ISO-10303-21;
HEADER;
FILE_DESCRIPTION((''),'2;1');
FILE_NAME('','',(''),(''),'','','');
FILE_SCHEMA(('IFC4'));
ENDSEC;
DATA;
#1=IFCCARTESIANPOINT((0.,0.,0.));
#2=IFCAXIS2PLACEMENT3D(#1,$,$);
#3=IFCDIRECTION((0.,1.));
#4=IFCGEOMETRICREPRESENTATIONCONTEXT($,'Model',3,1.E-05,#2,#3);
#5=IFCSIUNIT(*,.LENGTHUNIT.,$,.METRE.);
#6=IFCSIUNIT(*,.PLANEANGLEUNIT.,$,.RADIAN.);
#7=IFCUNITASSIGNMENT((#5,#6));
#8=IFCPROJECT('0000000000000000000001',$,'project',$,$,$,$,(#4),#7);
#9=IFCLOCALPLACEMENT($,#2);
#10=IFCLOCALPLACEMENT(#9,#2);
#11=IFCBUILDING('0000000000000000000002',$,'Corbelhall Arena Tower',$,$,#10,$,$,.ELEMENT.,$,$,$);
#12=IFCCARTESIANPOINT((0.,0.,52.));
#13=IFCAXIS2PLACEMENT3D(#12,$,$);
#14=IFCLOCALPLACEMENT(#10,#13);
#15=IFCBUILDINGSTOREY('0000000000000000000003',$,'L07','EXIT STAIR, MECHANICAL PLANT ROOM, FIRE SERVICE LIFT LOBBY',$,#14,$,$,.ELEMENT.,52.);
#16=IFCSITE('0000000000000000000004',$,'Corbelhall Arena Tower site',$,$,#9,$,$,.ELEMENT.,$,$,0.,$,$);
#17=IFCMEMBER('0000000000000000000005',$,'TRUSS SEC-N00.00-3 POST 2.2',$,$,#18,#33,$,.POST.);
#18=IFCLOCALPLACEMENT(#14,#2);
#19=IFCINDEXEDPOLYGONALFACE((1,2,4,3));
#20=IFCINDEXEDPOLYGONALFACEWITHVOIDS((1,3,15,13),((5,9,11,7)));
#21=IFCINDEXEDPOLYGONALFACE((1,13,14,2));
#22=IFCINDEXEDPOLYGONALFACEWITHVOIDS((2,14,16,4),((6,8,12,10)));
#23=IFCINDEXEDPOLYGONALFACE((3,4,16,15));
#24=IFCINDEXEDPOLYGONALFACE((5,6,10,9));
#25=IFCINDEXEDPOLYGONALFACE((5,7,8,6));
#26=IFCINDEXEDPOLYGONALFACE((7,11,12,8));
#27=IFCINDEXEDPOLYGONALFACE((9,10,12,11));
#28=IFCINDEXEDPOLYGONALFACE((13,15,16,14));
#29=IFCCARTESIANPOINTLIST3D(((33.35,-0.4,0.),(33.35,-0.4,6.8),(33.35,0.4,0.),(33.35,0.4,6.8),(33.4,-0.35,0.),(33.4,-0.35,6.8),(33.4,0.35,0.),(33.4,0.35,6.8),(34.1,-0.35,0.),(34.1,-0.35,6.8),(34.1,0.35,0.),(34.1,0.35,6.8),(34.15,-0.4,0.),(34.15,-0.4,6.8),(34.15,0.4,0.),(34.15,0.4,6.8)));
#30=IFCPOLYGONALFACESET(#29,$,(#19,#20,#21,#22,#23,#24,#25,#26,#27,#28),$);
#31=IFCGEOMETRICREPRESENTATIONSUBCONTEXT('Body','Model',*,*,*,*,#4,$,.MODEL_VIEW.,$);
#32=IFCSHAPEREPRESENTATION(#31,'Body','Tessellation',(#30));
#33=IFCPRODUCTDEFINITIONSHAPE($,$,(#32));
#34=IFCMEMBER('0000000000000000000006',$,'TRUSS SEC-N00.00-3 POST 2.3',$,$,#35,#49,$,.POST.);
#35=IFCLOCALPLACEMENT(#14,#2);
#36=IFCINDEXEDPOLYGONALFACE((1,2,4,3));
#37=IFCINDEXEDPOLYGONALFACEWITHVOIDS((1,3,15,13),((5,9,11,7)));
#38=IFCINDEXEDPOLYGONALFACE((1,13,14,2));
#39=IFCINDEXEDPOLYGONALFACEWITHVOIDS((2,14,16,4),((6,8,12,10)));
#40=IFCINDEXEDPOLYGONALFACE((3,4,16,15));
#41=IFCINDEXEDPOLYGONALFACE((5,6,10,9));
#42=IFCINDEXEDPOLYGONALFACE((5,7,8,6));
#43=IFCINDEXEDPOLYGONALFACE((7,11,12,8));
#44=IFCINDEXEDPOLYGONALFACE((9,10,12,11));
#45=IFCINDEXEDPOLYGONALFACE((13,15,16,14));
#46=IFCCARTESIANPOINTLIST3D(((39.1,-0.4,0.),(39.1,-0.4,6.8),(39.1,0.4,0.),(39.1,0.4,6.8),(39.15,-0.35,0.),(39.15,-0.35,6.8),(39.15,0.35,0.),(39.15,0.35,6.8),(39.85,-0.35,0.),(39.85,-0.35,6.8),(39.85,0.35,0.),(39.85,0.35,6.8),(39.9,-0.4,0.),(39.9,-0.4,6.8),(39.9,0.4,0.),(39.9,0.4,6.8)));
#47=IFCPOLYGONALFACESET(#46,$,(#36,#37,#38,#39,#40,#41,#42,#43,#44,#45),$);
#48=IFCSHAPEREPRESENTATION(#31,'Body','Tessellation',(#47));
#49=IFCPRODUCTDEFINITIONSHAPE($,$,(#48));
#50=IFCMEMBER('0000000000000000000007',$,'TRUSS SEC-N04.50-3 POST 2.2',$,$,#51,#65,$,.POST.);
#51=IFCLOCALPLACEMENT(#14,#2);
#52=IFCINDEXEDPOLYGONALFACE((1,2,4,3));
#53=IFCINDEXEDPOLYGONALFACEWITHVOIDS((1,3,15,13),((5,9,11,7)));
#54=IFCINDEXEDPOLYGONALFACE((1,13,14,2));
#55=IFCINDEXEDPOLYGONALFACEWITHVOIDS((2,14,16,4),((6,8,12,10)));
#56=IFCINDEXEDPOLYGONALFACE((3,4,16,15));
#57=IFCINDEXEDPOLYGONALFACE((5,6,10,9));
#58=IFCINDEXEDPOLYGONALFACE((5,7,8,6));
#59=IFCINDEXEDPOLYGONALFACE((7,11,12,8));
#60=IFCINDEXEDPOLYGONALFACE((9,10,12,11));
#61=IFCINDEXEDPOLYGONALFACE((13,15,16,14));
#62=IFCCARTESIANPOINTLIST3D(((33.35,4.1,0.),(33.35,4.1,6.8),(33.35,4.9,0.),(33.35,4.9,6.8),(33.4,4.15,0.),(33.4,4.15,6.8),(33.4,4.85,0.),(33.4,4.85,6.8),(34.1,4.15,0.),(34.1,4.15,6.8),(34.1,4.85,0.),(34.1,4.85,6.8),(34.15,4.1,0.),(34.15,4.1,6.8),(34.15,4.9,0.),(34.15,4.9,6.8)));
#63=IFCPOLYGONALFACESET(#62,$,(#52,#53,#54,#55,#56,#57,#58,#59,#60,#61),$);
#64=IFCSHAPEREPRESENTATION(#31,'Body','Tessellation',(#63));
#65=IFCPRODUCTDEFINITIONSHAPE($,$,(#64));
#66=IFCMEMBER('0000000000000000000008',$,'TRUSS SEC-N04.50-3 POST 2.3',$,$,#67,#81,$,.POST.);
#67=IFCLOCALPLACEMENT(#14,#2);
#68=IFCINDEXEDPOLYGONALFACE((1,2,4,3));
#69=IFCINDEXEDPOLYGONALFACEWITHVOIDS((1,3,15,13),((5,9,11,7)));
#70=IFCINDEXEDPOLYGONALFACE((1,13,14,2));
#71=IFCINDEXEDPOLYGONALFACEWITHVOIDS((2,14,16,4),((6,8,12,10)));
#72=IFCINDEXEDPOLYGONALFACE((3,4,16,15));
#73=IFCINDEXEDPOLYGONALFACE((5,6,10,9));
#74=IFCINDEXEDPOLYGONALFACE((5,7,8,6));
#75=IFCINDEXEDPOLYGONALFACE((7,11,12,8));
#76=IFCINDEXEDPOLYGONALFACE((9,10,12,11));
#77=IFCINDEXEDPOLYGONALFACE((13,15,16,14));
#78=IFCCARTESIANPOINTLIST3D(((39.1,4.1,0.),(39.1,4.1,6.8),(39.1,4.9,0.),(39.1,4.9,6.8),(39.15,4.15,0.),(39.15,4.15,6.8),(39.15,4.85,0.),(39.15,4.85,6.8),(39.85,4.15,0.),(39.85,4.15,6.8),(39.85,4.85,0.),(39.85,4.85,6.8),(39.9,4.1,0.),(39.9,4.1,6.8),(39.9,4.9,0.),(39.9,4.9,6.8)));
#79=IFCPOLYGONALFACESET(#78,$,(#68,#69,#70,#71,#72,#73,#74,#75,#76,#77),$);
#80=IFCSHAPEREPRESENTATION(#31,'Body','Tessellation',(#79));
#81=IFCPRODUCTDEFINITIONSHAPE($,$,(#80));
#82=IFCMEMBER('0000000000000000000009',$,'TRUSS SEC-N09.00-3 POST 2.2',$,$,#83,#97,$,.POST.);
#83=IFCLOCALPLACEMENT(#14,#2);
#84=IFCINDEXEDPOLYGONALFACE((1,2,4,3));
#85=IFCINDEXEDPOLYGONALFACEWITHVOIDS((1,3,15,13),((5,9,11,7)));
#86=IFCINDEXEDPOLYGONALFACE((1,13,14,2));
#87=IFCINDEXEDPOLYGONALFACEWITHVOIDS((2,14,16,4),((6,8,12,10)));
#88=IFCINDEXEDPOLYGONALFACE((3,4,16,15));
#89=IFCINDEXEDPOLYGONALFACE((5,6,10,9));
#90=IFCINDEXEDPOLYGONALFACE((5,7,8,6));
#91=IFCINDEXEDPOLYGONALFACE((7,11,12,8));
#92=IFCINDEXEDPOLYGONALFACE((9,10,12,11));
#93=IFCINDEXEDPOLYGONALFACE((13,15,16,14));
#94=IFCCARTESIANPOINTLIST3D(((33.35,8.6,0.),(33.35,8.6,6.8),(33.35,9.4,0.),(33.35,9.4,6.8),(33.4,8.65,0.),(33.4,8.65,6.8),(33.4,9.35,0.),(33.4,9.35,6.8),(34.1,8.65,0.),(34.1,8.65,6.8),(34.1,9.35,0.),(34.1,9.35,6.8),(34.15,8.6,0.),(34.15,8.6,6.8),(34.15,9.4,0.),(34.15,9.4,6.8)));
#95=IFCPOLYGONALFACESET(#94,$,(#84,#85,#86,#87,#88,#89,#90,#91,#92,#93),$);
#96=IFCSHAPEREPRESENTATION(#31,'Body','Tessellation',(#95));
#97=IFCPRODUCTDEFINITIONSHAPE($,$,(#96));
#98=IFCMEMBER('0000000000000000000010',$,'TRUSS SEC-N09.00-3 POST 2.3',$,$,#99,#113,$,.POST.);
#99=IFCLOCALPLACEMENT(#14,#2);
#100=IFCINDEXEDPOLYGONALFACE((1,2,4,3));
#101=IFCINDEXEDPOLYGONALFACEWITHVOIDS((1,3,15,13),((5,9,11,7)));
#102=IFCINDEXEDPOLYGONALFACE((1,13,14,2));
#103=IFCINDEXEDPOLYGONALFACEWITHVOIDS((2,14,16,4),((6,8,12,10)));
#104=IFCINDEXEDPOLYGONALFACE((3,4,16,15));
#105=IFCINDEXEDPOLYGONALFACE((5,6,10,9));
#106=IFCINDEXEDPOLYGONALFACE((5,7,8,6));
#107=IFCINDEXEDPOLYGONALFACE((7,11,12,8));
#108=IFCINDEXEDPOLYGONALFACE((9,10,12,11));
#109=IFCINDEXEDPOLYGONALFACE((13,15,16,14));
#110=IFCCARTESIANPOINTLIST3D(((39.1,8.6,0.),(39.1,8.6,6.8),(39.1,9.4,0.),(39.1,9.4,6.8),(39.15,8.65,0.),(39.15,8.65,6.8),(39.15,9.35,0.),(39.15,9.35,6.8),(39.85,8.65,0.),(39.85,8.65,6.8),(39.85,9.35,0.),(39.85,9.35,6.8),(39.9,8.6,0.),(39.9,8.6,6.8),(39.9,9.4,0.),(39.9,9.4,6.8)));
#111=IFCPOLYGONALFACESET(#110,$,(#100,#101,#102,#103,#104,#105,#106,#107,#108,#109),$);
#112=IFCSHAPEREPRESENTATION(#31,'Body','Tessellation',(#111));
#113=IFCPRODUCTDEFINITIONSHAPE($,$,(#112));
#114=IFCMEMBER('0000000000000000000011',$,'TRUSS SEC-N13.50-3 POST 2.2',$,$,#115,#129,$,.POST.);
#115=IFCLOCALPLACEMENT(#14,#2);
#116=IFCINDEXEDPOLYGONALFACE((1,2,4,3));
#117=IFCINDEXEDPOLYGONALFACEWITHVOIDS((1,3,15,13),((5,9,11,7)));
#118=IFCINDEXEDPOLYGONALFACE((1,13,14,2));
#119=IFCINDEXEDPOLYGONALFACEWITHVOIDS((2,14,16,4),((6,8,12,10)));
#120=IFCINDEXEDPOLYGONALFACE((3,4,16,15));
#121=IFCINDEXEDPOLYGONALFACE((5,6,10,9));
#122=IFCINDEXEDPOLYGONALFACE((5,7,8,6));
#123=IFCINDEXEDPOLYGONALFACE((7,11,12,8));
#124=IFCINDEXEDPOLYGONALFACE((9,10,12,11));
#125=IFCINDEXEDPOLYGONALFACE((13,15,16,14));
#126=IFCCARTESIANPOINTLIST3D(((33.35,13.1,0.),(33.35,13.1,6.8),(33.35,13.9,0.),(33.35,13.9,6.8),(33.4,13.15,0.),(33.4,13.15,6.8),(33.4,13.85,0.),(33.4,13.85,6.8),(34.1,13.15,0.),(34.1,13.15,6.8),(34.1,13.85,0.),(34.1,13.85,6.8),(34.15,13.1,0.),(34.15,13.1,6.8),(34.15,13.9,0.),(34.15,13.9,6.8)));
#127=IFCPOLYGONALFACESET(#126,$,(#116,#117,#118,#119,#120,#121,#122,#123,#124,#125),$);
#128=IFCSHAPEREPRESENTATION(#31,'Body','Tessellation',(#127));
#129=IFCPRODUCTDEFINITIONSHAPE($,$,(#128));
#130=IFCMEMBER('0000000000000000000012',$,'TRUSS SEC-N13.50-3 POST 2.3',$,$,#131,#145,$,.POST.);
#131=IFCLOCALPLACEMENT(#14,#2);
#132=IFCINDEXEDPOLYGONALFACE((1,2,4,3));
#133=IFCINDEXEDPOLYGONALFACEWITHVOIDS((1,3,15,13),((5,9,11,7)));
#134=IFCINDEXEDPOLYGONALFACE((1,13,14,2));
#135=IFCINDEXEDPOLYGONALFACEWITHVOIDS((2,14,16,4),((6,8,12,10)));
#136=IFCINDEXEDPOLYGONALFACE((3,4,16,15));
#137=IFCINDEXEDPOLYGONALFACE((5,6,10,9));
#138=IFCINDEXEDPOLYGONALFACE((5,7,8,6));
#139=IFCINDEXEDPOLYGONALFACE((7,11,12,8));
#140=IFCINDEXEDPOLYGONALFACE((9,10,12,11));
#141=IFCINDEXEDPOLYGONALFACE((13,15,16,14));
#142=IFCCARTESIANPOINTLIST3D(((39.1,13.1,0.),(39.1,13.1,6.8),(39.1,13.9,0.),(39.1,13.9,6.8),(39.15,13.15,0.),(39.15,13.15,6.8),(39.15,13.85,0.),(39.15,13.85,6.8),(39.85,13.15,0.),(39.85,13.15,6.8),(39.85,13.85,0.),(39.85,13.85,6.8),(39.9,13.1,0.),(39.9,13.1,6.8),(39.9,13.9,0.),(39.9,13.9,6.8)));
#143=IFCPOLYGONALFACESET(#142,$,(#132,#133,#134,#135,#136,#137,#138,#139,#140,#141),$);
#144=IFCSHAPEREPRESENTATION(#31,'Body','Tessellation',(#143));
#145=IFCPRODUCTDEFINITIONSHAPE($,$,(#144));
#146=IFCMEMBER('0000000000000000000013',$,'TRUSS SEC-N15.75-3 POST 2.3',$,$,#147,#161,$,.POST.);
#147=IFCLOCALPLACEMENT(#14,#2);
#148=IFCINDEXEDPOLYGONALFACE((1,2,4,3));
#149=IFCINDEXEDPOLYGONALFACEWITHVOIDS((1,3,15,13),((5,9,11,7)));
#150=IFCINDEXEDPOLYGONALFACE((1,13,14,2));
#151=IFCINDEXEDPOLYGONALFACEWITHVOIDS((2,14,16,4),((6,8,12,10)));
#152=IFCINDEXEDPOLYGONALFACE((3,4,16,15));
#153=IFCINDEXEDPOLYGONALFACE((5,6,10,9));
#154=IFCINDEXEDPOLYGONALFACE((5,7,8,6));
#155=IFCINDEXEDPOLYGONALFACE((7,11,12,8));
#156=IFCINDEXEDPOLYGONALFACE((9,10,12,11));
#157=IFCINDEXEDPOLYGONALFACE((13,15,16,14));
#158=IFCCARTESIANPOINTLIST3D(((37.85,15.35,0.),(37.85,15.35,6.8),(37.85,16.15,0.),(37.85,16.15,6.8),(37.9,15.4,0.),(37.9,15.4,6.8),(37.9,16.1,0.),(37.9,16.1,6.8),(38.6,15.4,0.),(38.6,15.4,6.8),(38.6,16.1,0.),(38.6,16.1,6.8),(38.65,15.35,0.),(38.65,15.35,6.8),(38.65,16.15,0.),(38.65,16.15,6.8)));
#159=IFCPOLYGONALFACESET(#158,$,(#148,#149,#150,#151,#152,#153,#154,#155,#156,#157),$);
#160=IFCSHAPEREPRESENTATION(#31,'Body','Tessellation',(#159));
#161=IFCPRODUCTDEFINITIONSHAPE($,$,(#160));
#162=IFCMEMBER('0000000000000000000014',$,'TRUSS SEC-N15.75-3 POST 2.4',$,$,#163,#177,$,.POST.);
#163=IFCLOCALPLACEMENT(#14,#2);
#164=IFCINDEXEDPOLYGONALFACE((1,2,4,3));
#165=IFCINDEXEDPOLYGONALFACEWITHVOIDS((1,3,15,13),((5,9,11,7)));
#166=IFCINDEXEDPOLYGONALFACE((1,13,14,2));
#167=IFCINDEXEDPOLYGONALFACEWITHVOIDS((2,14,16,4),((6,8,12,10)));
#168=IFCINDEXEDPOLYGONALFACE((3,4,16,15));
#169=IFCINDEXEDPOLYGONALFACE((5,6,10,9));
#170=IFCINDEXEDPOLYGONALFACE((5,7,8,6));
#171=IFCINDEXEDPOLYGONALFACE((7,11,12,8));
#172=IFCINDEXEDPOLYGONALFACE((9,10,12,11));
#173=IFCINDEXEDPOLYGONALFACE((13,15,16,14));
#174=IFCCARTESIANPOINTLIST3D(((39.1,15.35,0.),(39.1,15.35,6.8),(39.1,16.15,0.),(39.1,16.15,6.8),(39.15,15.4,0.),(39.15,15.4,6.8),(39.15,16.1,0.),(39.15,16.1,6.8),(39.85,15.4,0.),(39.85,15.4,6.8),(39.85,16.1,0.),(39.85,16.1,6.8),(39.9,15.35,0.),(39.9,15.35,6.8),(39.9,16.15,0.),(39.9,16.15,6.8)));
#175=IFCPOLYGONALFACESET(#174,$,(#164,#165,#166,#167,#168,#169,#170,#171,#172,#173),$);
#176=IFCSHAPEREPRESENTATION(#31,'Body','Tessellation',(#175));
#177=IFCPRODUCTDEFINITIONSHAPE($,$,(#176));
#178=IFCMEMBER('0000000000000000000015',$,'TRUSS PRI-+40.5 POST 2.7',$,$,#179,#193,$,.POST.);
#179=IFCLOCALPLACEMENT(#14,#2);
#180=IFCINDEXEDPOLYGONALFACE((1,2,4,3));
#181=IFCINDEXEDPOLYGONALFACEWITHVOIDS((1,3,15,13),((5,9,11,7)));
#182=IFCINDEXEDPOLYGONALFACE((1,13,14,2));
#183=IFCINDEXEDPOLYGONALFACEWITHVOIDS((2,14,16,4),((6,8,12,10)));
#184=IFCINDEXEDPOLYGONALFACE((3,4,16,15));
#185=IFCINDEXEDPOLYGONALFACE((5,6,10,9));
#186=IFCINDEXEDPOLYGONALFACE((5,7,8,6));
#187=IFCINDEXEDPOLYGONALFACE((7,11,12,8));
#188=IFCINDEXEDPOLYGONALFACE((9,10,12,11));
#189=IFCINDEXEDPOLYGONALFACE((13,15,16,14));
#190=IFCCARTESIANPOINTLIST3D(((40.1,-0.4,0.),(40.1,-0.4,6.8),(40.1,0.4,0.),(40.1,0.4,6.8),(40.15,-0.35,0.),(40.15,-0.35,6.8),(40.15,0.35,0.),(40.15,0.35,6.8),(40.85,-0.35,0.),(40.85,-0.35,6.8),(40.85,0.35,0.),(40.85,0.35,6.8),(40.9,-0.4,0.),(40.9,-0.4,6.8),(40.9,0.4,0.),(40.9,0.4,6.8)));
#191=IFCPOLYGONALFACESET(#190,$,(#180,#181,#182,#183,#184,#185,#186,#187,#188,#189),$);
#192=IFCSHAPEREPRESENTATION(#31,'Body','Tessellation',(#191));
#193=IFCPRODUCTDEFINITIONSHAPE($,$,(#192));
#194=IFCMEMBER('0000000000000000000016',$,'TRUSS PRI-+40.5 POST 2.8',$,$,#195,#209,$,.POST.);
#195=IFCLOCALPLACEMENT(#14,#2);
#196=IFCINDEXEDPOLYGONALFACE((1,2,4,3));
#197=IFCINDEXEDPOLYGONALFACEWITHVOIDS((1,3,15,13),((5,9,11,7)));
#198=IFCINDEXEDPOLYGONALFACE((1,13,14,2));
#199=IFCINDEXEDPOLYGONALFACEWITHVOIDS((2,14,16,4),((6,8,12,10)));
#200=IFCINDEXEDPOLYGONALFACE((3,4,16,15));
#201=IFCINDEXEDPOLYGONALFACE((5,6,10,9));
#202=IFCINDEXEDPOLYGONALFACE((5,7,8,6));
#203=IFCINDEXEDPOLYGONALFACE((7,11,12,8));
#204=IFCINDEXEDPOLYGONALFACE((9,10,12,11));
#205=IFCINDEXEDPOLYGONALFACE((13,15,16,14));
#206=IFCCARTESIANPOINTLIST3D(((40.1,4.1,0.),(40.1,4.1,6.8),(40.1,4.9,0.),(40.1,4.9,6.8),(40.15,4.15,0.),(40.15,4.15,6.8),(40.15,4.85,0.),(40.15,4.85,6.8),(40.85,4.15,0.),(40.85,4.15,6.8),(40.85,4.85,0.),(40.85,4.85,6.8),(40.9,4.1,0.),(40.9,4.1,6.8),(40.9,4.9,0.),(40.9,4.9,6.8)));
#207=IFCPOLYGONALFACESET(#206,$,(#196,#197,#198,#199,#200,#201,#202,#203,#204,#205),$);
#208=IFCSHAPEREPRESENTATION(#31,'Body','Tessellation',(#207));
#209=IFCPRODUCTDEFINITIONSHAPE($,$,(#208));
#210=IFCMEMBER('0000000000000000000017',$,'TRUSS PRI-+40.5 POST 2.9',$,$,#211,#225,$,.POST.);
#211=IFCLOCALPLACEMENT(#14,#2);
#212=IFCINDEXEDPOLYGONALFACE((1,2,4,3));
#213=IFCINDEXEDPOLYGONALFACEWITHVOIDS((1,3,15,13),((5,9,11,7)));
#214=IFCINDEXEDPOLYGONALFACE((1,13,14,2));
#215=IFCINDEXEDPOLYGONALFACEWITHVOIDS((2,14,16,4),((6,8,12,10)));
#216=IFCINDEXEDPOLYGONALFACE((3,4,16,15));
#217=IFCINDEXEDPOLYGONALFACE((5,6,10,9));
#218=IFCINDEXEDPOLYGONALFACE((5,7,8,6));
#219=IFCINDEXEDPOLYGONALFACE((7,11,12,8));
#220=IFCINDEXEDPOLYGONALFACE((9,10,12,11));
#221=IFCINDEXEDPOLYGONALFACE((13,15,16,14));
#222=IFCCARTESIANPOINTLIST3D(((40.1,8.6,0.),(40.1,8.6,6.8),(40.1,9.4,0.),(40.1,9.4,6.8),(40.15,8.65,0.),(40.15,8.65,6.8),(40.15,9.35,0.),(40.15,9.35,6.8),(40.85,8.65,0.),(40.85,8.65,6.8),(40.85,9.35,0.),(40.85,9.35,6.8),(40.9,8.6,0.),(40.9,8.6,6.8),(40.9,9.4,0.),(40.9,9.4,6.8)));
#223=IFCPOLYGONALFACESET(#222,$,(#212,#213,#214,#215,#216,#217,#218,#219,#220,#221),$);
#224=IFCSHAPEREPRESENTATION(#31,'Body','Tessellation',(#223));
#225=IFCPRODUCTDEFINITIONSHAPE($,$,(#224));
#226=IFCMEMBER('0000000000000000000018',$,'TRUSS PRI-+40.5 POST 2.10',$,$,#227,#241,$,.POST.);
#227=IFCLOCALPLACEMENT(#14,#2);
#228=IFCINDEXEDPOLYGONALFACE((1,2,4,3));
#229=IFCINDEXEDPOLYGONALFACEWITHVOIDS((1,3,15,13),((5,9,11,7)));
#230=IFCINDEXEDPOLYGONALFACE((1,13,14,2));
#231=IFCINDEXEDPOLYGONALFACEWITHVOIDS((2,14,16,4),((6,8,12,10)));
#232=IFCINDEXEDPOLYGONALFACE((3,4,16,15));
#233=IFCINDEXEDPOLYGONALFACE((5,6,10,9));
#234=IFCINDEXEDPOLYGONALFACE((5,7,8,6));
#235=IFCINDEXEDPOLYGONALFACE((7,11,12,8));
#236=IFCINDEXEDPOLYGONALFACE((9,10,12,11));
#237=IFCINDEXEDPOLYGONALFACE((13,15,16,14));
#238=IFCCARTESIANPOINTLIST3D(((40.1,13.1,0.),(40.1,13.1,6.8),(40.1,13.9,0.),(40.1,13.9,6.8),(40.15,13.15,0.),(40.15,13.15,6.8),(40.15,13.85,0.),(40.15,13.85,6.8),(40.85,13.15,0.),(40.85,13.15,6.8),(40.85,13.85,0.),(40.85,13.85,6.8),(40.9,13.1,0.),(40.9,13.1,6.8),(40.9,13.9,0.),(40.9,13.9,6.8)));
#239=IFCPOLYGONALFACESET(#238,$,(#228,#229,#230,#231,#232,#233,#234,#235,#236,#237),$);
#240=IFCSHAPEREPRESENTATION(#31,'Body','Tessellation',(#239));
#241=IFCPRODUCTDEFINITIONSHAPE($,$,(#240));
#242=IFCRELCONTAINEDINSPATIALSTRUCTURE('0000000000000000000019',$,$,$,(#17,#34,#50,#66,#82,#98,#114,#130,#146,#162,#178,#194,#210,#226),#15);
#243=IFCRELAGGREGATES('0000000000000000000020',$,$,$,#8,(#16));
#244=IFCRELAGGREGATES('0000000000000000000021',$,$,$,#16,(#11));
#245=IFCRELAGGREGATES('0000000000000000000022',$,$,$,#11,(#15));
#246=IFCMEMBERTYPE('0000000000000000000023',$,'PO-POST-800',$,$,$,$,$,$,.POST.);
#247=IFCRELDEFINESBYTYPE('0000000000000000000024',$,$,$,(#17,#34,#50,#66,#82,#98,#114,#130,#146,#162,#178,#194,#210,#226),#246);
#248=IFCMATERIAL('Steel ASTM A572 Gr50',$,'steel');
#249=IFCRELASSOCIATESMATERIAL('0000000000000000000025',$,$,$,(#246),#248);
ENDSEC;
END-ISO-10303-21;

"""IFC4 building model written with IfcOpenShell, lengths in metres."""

from ifc_helpers import new_model, si_unit, direction, frame, origin, origin_2d, place, context, subcontext, project, spatial, hollow_rectangle, extrude, material, material_profile, profile_set, type_object, element, save


model = new_model("IFC4")

# Units and contexts
model_context = context("Model", 3, precision=1e-05, world=origin(), true_north=direction((0.0, 1.0)))
body_context = subcontext(model_context, "Body", "Model", "MODEL_VIEW")
ifc_project = project(units=[si_unit("LENGTHUNIT", "METRE"), si_unit("PLANEANGLEUNIT", "RADIAN")], contexts=[model_context])

# Site, building, storey
site_placement = place(None, origin())
site = spatial("IfcSite", under=ifc_project, at=site_placement, Name="Corbelhall Arena Tower site", CompositionType="ELEMENT", RefElevation=0.0)
building_placement = place(site_placement, origin())
building = spatial("IfcBuilding", under=site, at=building_placement, Name="Corbelhall Arena Tower", CompositionType="ELEMENT")
storey_placement = place(building_placement, frame((0.0, 0.0, 52.0)))
storey = spatial("IfcBuildingStorey", under=building, at=storey_placement, Name="L07", Description="EXIT STAIR, MECHANICAL PLANT ROOM, FIRE SERVICE LIFT LOBBY", CompositionType="ELEMENT", Elevation=52.0)

# Members
ifc_material_1 = material(Name="Steel ASTM A572 Gr50", Category="steel")
ifc_material_profile_1 = material_profile(ifc_material_1, hollow_rectangle(XDim=0.8, YDim=0.8, WallThickness=0.05, at=origin_2d()))
ifc_profile_set_1 = profile_set([ifc_material_profile_1], Name="Steel ASTM A572 Gr50")
member_type_1 = type_object("IfcMemberType", Name="PO-POST-800", PredefinedType="POST", material=ifc_profile_set_1)
for number, where, z_axis, x_axis, name in (
    (1, (33.75, 0.0, 0.0), (0.0, 0.0, 1.0), (1.0, 0.0, 0.0), "TRUSS SEC-N00.00-3 POST 2.2"),
    (2, (39.5, 0.0, 0.0), (0.0, 0.0, 1.0), (1.0, 0.0, 0.0), "TRUSS SEC-N00.00-3 POST 2.3"),
    (3, (33.75, 4.5, 0.0), (0.0, 0.0, 1.0), (1.0, 0.0, 0.0), "TRUSS SEC-N04.50-3 POST 2.2"),
    (4, (39.5, 4.5, 0.0), (0.0, 0.0, 1.0), (1.0, 0.0, 0.0), "TRUSS SEC-N04.50-3 POST 2.3"),
    (5, (33.75, 9.0, 0.0), (0.0, 0.0, 1.0), (1.0, 0.0, 0.0), "TRUSS SEC-N09.00-3 POST 2.2"),
    (6, (39.5, 9.0, 0.0), (0.0, 0.0, 1.0), (1.0, 0.0, 0.0), "TRUSS SEC-N09.00-3 POST 2.3"),
    (7, (33.75, 13.5, 0.0), (0.0, 0.0, 1.0), (1.0, 0.0, 0.0), "TRUSS SEC-N13.50-3 POST 2.2"),
    (8, (39.5, 13.5, 0.0), (0.0, 0.0, 1.0), (1.0, 0.0, 0.0), "TRUSS SEC-N13.50-3 POST 2.3"),
    (9, (38.25, 15.75, 0.0), (0.0, 0.0, 1.0), (1.0, 0.0, 0.0), "TRUSS SEC-N15.75-3 POST 2.3"),
    (10, (39.5, 15.75, 0.0), (0.0, 0.0, 1.0), (1.0, 0.0, 0.0), "TRUSS SEC-N15.75-3 POST 2.4"),
    (11, (40.5, 0.0, 0.0), (0.0, 0.0, 1.0), (1.0, 0.0, 0.0), "TRUSS PRI-+40.5 POST 2.7"),
    (12, (40.5, 4.5, 0.0), (0.0, 0.0, 1.0), (1.0, 0.0, 0.0), "TRUSS PRI-+40.5 POST 2.8"),
    (13, (40.5, 9.0, 0.0), (0.0, 0.0, 1.0), (1.0, 0.0, 0.0), "TRUSS PRI-+40.5 POST 2.9"),
    (14, (40.5, 13.5, 0.0), (0.0, 0.0, 1.0), (1.0, 0.0, 0.0), "TRUSS PRI-+40.5 POST 2.10"),
):
    element("IfcMember", number, at=place(storey_placement, frame(where, z_axis=z_axis, x_axis=x_axis)), inside=storey, type_object=member_type_1, Name=name, PredefinedType="POST", context=body_context, shape_type="SweptSolid", body=[
        extrude(hollow_rectangle(XDim=0.8, YDim=0.8, WallThickness=0.05, at=origin_2d()), origin(), (0.0, 0.0, 1.0), 6.8),
    ])

save(model, "model.ifc")
